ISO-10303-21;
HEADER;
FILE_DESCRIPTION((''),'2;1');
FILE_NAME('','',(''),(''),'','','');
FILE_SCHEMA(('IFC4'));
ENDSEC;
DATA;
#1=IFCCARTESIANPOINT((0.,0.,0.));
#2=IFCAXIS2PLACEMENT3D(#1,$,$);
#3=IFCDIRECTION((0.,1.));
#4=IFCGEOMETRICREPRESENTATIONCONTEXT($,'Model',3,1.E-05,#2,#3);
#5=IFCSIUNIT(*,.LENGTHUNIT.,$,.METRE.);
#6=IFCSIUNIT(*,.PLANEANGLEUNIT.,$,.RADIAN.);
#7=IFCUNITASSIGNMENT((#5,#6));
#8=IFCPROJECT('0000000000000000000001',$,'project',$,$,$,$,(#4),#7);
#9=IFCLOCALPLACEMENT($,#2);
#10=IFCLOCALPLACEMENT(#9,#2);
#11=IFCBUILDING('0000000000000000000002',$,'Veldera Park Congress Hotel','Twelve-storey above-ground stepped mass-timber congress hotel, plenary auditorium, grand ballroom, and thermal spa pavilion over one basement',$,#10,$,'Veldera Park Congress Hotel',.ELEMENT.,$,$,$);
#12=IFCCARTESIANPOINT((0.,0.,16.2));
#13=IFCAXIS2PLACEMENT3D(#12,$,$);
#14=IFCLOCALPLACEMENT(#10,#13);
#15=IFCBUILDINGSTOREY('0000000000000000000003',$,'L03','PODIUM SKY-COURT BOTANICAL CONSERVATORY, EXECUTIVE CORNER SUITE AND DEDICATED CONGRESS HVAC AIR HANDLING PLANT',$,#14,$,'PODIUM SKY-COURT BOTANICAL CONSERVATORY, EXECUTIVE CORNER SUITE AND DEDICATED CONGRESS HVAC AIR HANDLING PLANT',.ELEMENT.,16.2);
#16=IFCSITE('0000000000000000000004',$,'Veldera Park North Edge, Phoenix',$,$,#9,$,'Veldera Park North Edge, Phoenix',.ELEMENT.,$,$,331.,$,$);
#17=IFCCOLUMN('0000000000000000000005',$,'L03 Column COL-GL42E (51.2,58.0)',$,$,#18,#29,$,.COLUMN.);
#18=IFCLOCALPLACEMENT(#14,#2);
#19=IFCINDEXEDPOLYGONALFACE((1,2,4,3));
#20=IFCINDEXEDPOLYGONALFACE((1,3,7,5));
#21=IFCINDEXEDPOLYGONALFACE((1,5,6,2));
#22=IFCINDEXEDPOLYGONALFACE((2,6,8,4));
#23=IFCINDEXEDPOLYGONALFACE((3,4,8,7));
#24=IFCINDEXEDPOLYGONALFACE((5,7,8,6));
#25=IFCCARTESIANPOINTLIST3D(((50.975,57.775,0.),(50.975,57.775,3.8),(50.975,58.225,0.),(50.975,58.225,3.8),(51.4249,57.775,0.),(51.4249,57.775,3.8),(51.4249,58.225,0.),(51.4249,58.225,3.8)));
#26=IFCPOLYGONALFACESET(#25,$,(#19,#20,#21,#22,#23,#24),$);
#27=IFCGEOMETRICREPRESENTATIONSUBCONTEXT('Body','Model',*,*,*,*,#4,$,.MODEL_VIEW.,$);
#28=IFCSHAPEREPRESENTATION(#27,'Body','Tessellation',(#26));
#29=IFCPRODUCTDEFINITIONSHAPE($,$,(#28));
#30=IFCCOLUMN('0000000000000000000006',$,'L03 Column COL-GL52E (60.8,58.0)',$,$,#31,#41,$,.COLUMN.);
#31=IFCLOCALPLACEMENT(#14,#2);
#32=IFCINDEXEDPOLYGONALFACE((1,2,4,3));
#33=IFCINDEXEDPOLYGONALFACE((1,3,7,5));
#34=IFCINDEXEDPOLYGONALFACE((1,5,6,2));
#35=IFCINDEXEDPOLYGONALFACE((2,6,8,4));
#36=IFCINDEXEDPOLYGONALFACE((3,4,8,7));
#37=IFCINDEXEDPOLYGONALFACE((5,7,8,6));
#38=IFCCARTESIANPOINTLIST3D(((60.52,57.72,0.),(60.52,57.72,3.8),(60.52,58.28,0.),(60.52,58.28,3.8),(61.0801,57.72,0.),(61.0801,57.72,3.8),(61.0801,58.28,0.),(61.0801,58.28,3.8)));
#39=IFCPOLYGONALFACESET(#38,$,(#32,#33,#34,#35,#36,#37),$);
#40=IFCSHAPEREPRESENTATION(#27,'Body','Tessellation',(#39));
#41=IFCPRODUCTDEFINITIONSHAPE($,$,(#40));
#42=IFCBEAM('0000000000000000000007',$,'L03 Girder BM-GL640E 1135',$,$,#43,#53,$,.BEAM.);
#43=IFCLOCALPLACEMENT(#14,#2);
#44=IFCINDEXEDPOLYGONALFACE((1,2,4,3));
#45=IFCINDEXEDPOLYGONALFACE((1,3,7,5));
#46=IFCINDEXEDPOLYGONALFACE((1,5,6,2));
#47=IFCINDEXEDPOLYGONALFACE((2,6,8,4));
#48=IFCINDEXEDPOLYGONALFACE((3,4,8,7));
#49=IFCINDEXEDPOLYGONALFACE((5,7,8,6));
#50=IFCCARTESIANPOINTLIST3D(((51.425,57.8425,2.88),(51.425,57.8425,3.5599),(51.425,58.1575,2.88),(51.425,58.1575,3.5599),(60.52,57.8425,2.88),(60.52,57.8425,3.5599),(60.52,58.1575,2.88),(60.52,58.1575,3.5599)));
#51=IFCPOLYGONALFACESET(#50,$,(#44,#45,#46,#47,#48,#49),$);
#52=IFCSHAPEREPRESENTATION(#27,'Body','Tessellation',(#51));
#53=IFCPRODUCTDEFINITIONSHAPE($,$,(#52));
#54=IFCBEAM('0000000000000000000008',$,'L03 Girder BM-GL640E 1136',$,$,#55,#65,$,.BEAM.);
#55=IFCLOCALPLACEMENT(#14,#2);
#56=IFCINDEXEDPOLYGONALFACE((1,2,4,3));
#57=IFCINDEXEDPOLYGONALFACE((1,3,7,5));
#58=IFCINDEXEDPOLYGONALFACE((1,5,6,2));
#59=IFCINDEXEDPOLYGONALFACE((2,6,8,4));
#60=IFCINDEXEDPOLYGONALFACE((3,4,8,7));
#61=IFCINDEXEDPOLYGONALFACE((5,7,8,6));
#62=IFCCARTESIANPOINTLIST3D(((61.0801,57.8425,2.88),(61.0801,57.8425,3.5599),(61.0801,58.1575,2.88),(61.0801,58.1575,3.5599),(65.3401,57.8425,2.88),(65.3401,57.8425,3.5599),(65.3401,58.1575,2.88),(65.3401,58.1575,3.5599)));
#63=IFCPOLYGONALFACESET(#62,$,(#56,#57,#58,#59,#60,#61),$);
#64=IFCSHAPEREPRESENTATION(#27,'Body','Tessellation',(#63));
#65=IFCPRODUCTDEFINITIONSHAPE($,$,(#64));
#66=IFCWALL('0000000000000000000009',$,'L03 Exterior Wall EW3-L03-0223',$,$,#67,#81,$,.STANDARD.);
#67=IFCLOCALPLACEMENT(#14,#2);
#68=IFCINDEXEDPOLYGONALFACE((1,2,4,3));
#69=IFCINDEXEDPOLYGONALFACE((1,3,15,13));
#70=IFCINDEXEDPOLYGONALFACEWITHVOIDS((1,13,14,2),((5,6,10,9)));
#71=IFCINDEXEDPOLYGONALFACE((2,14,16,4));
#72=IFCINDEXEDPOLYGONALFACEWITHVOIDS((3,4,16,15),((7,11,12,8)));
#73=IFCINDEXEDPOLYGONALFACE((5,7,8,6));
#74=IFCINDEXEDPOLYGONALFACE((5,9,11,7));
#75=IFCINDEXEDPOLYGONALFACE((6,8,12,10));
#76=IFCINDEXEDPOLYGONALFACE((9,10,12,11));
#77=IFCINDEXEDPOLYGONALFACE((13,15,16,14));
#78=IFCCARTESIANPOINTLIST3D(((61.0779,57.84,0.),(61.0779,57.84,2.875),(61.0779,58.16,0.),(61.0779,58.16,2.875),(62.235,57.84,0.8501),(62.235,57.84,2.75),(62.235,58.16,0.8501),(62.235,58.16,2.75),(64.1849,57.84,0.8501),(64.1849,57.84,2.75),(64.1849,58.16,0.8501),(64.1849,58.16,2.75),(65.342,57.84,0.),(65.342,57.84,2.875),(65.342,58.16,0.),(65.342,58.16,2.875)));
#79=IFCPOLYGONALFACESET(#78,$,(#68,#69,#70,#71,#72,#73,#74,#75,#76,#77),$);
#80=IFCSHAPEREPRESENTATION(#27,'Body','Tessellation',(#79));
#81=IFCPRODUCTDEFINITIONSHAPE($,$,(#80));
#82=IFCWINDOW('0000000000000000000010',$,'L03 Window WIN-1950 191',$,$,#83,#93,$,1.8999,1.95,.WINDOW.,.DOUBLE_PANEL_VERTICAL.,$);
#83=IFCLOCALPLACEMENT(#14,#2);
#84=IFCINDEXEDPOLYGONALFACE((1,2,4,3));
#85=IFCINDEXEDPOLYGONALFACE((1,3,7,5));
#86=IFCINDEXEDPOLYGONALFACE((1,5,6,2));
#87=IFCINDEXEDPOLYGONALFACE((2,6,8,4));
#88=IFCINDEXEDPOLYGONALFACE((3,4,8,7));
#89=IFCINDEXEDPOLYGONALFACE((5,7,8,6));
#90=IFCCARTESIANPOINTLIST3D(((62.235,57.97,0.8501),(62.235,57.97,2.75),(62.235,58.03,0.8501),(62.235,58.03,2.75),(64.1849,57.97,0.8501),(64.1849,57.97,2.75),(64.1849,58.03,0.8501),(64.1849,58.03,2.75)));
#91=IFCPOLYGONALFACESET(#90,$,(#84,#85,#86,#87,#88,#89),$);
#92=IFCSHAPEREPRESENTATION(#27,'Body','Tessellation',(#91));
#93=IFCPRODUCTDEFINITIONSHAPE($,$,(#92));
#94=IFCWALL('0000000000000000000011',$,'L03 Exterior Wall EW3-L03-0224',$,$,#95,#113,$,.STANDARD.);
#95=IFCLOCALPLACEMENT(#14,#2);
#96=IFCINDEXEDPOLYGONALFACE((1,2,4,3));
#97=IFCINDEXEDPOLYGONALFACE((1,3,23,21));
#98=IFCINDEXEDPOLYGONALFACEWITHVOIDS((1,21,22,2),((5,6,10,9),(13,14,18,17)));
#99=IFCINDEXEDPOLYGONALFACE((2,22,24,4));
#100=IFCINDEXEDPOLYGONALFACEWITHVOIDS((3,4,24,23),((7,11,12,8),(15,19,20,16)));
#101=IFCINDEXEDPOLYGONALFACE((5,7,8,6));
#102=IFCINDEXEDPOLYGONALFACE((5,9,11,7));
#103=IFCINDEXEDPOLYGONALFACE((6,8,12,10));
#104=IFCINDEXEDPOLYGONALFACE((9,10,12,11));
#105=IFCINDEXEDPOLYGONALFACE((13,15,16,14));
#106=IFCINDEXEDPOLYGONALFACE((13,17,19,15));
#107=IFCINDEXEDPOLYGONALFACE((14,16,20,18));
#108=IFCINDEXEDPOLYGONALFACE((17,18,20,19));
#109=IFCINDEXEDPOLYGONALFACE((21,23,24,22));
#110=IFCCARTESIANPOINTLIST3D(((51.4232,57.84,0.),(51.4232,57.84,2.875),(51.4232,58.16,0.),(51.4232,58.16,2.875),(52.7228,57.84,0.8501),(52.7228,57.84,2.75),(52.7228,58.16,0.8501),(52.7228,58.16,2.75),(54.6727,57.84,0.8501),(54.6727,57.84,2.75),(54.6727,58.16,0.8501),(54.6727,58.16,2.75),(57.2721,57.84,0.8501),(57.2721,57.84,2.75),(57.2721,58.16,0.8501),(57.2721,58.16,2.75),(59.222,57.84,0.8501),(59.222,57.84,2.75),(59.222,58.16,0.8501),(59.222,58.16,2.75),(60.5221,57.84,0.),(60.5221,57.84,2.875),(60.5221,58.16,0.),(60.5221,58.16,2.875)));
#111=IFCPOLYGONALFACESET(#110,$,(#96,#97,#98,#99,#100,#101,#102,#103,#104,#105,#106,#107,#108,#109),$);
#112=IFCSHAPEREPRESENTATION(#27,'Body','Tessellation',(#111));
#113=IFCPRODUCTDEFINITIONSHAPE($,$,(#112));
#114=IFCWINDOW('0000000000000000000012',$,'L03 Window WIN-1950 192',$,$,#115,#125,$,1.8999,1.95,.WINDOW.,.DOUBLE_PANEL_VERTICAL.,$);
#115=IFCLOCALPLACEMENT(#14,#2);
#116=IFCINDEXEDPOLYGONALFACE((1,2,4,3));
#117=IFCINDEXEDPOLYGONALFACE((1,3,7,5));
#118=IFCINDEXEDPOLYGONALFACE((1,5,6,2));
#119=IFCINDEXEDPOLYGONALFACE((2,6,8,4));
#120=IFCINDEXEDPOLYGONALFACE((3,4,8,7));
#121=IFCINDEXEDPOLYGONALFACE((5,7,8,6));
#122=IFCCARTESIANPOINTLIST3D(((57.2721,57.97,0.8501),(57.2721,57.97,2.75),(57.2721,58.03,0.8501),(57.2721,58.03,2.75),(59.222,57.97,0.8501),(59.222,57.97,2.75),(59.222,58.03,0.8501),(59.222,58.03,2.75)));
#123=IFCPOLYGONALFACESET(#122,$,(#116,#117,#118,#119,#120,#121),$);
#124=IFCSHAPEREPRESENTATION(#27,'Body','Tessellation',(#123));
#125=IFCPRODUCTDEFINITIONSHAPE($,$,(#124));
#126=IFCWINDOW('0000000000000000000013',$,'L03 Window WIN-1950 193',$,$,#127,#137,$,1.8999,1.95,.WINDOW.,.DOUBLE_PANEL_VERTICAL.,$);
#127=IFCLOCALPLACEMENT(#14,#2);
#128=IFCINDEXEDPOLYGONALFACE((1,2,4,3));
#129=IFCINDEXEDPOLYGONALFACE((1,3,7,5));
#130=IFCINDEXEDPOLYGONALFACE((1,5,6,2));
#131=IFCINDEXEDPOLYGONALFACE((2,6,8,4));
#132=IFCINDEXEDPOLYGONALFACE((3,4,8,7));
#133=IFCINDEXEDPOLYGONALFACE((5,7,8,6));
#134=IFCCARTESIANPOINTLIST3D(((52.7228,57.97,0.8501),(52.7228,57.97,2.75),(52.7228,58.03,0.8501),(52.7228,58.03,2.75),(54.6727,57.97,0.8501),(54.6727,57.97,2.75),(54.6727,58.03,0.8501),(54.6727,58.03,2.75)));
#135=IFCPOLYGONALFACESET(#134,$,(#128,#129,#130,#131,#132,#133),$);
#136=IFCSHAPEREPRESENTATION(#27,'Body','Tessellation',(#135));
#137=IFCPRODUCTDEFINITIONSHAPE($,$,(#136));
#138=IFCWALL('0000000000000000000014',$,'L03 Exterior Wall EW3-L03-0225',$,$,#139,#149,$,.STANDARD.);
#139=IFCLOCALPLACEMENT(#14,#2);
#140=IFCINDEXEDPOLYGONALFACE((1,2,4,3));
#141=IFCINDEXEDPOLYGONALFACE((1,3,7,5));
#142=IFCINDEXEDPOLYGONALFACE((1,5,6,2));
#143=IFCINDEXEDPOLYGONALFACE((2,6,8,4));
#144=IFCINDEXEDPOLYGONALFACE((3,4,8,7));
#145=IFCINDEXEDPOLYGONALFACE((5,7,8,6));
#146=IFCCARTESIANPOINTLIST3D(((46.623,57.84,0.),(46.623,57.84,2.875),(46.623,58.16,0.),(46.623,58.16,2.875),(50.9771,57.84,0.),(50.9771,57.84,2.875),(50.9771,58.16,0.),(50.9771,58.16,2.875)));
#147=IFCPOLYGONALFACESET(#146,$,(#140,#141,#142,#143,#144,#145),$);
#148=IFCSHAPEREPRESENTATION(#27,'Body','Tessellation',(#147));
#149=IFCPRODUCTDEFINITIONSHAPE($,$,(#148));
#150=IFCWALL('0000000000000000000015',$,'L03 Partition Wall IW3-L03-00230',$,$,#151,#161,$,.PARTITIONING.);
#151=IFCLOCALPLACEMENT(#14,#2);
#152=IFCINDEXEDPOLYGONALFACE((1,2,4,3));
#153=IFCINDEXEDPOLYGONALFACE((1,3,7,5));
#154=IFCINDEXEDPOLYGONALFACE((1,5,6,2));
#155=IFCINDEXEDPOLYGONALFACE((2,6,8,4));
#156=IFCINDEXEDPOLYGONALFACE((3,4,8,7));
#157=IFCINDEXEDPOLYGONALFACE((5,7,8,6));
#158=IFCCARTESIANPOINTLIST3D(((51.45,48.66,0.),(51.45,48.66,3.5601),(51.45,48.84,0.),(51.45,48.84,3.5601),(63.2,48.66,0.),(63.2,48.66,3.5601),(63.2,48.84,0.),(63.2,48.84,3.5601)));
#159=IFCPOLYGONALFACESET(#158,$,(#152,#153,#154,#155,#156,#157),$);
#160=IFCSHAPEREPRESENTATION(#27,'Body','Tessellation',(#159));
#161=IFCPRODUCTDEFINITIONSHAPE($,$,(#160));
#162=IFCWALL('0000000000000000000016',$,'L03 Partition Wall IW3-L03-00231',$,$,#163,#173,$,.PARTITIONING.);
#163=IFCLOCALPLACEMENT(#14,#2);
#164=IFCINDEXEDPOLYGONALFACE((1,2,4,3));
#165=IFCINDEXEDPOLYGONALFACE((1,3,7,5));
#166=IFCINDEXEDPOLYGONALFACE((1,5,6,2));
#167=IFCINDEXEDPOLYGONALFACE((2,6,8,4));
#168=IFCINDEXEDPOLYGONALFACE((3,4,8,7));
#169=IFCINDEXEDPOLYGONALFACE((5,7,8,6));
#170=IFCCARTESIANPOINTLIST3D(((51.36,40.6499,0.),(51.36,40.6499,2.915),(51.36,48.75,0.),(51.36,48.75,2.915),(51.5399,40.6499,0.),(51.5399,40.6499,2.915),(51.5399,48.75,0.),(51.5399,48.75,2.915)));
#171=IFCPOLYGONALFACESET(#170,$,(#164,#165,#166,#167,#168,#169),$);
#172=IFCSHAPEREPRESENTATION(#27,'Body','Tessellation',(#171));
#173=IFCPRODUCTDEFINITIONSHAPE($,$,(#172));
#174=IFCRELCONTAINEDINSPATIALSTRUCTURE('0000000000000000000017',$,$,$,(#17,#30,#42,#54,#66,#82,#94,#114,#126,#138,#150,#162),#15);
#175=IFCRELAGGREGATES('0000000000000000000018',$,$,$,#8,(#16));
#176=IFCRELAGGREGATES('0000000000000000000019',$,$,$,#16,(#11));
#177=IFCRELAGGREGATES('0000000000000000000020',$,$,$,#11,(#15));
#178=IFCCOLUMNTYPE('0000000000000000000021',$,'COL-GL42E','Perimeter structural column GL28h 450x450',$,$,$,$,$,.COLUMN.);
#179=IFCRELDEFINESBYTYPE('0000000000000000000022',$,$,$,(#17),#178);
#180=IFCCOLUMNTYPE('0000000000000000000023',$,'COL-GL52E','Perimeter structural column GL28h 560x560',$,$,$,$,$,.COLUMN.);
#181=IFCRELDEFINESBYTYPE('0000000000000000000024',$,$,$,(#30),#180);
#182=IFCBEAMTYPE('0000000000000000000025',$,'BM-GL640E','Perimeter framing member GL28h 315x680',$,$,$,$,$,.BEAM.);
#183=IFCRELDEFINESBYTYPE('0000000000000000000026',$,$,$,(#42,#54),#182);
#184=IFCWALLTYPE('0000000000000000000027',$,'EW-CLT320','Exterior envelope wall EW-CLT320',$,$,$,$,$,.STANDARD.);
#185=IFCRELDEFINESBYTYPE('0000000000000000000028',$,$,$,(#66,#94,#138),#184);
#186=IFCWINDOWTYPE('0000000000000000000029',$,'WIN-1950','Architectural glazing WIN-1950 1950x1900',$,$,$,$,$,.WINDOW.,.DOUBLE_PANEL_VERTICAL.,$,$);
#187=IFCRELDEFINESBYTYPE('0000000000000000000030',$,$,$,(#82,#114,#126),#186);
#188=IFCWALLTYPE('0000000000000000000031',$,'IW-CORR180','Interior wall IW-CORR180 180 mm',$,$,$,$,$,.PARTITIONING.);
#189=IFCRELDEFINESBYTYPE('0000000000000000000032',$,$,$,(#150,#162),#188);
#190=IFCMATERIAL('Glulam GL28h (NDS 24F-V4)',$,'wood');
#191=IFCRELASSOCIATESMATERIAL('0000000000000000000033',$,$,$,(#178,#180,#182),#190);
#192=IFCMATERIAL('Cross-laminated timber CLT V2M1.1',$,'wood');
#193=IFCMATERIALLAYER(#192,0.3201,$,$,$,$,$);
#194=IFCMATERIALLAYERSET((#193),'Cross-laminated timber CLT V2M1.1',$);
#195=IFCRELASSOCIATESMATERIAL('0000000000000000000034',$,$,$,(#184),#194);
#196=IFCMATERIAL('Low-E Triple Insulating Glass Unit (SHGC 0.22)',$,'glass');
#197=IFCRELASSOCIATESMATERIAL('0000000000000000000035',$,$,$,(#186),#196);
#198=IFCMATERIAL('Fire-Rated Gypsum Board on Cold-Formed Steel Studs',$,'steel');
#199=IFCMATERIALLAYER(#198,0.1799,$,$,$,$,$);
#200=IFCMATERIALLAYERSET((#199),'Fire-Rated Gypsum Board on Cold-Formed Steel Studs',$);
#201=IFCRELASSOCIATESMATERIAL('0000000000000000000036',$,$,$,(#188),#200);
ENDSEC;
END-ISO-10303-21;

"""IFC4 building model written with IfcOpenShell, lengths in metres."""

from ifc_helpers import new_model, si_unit, direction, frame, frame_2d, origin, origin_2d, place, context, subcontext, project, spatial, rectangle, extrude, material, layer, layer_set, material_profile, profile_set, type_object, element, fill, save


model = new_model("IFC4")

# Units and contexts
model_context = context("Model", 3, precision=1e-05, world=origin(), true_north=direction((0.0, 1.0)))
body_context = subcontext(model_context, "Body", "Model", "MODEL_VIEW")
ifc_project = project(units=[si_unit("LENGTHUNIT", "METRE"), si_unit("PLANEANGLEUNIT", "RADIAN")], contexts=[model_context])

# Site, building, storey
site_placement = place(None, origin())
site = spatial("IfcSite", under=ifc_project, at=site_placement, Name="Veldera Park North Edge, Phoenix", LongName="Veldera Park North Edge, Phoenix", CompositionType="ELEMENT", RefElevation=331.0)
building_placement = place(site_placement, origin())
building = spatial("IfcBuilding", under=site, at=building_placement, Name="Veldera Park Congress Hotel", Description="Twelve-storey above-ground stepped mass-timber congress hotel, plenary auditorium, grand ballroom, and thermal spa pavilion over one basement", LongName="Veldera Park Congress Hotel", CompositionType="ELEMENT")
storey_placement = place(building_placement, frame((0.0, 0.0, 16.2)))
storey = spatial("IfcBuildingStorey", under=building, at=storey_placement, Name="L03", Description="PODIUM SKY-COURT BOTANICAL CONSERVATORY, EXECUTIVE CORNER SUITE AND DEDICATED CONGRESS HVAC AIR HANDLING PLANT", LongName="PODIUM SKY-COURT BOTANICAL CONSERVATORY, EXECUTIVE CORNER SUITE AND DEDICATED CONGRESS HVAC AIR HANDLING PLANT", CompositionType="ELEMENT", Elevation=16.2)

# Columns
ifc_material_1 = material(Name="Glulam GL28h (NDS 24F-V4)", Category="wood")
ifc_material_profile_1 = material_profile(ifc_material_1, rectangle(XDim=0.45, YDim=0.45, at=origin_2d()), Name="GL28h 450x450")
ifc_profile_set_1 = profile_set([ifc_material_profile_1], Name="Glulam GL28h (NDS 24F-V4)")
column_type_1 = type_object("IfcColumnType", Name="COL-GL42E", Description="Perimeter structural column GL28h 450x450", PredefinedType="COLUMN", material=ifc_profile_set_1)
column_1_placement = place(storey_placement, frame((51.2, 58.0, 0.0), z_axis=(0.0, 0.0, 1.0), x_axis=(1.0, 0.0, 0.0)))
element("IfcColumn", 1, at=column_1_placement, inside=storey, type_object=column_type_1, Name="L03 Column COL-GL42E (51.2,58.0)", PredefinedType="COLUMN", context=body_context, shape_type="SweptSolid", body=[
    extrude(rectangle(XDim=0.45, YDim=0.45, at=origin_2d()), origin(), (0.0, 0.0, 1.0), 3.8),
])
ifc_material_profile_2 = material_profile(ifc_material_1, rectangle(XDim=0.5601, YDim=0.5601, at=origin_2d()), Name="GL28h 560x560")
ifc_profile_set_2 = profile_set([ifc_material_profile_2], Name="Glulam GL28h (NDS 24F-V4)")
column_type_2 = type_object("IfcColumnType", Name="COL-GL52E", Description="Perimeter structural column GL28h 560x560", PredefinedType="COLUMN", material=ifc_profile_set_2)
column_2_placement = place(storey_placement, frame((60.8, 58.0, 0.0), z_axis=(0.0, 0.0, 1.0), x_axis=(1.0, 0.0, 0.0)))
element("IfcColumn", 2, at=column_2_placement, inside=storey, type_object=column_type_2, Name="L03 Column COL-GL52E (60.8,58.0)", PredefinedType="COLUMN", context=body_context, shape_type="SweptSolid", body=[
    extrude(rectangle(XDim=0.5601, YDim=0.5601, at=origin_2d()), origin(), (0.0, 0.0, 1.0), 3.8),
])

# Beams
ifc_material_profile_3 = material_profile(ifc_material_1, rectangle(XDim=0.3149, YDim=0.6799, at=origin_2d()), Name="GL28h 315x680")
ifc_profile_set_3 = profile_set([ifc_material_profile_3], Name="Glulam GL28h (NDS 24F-V4)")
beam_type = type_object("IfcBeamType", Name="BM-GL640E", Description="Perimeter framing member GL28h 315x680", PredefinedType="BEAM", material=ifc_profile_set_3)
beam_1_placement = place(storey_placement, frame((51.425, 58.0, 3.22), z_axis=(1.0, 0.0, 0.0), x_axis=(0.0, 1.0, 0.0)))
element("IfcBeam", 3, at=beam_1_placement, inside=storey, type_object=beam_type, Name="L03 Girder BM-GL640E 1135", PredefinedType="BEAM", context=body_context, shape_type="SweptSolid", body=[
    extrude(rectangle(XDim=0.3149, YDim=0.6799, at=origin_2d()), origin(), (0.0, 0.0, 1.0), 9.095),
])
beam_2_placement = place(storey_placement, frame((61.0801, 58.0, 3.22), z_axis=(1.0, 0.0, 0.0), x_axis=(0.0, 1.0, 0.0)))
element("IfcBeam", 4, at=beam_2_placement, inside=storey, type_object=beam_type, Name="L03 Girder BM-GL640E 1136", PredefinedType="BEAM", context=body_context, shape_type="SweptSolid", body=[
    extrude(rectangle(XDim=0.3149, YDim=0.6799, at=origin_2d()), origin(), (0.0, 0.0, 1.0), 4.26),
])

# Wall, opening, window
ifc_material_2 = material(Name="Cross-laminated timber CLT V2M1.1", Category="wood")
ifc_layer_1 = layer(ifc_material_2, 0.3201)
ifc_layer_set_1 = layer_set([ifc_layer_1], Name="Cross-laminated timber CLT V2M1.1")
wall_type_1 = type_object("IfcWallType", Name="EW-CLT320", Description="Exterior envelope wall EW-CLT320", PredefinedType="STANDARD", material=ifc_layer_set_1)
wall_1_placement = place(storey_placement, frame((65.342, 58.0, 0.0), z_axis=(0.0, 0.0, 1.0), x_axis=(-1.0, 0.0, 0.0)))
wall_1 = element("IfcWall", 5, at=wall_1_placement, inside=storey, type_object=wall_type_1, Name="L03 Exterior Wall EW3-L03-0223", PredefinedType="STANDARD", context=body_context, shape_type="SweptSolid", body=[
    extrude(rectangle(XDim=4.2642, YDim=0.3201, at=frame_2d((2.1321, 0.0))), origin(), (0.0, 0.0, 1.0), 2.875),
])
opening_1_placement = place(wall_1_placement, frame((1.157, 0.0, 0.8501)))
opening_1 = element("IfcOpeningElement", 6, at=opening_1_placement, cuts=wall_1, PredefinedType="OPENING", context=body_context, shape_type="SweptSolid", body=[
    extrude(rectangle(XDim=1.95, YDim=1.8999, at=frame_2d((0.9751, 0.95))), frame((0.0, 0.1721, 0.0), z_axis=(0.0, -1.0, 0.0), x_axis=(1.0, 0.0, 0.0)), (0.0, 0.0, 1.0), 0.344),
])
ifc_material_3 = material(Name="Low-E Triple Insulating Glass Unit (SHGC 0.22)", Category="glass")
window_type = type_object("IfcWindowType", Name="WIN-1950", Description="Architectural glazing WIN-1950 1950x1900", PartitioningType="DOUBLE_PANEL_VERTICAL", PredefinedType="WINDOW", material=ifc_material_3)
window_1_placement = place(opening_1_placement, origin())
window_1 = element("IfcWindow", 7, at=window_1_placement, inside=storey, type_object=window_type, Name="L03 Window WIN-1950 191", OverallHeight=1.8999, OverallWidth=1.95, PartitioningType="DOUBLE_PANEL_VERTICAL", PredefinedType="WINDOW", context=body_context, shape_type="SweptSolid", body=[
    extrude(rectangle(XDim=1.95, YDim=1.8999, at=frame_2d((0.9751, 0.95))), frame((0.0, 0.03, 0.0), z_axis=(0.0, -1.0, 0.0), x_axis=(1.0, 0.0, 0.0)), (0.0, 0.0, 1.0), 0.0601),
])
fill(opening_1, window_1)

# Wall, openings, windows
wall_2_placement = place(storey_placement, frame((60.522, 58.0, 0.0), z_axis=(0.0, 0.0, 1.0), x_axis=(-1.0, 0.0, 0.0)))
wall_2 = element("IfcWall", 8, at=wall_2_placement, inside=storey, type_object=wall_type_1, Name="L03 Exterior Wall EW3-L03-0224", PredefinedType="STANDARD", context=body_context, shape_type="SweptSolid", body=[
    extrude(rectangle(XDim=9.0989, YDim=0.3201, at=frame_2d((4.5493, 0.0))), origin(), (0.0, 0.0, 1.0), 2.875),
])
opening_2_placement = place(wall_2_placement, frame((1.2998, 0.0, 0.8501)))
opening_2 = element("IfcOpeningElement", 9, at=opening_2_placement, cuts=wall_2, PredefinedType="OPENING", context=body_context, shape_type="SweptSolid", body=[
    extrude(rectangle(XDim=1.95, YDim=1.8999, at=frame_2d((0.9751, 0.95))), frame((0.0, 0.1721, 0.0), z_axis=(0.0, -1.0, 0.0), x_axis=(1.0, 0.0, 0.0)), (0.0, 0.0, 1.0), 0.344),
])
opening_3_placement = place(wall_2_placement, frame((5.8491, 0.0, 0.8501)))
opening_3 = element("IfcOpeningElement", 10, at=opening_3_placement, cuts=wall_2, PredefinedType="OPENING", context=body_context, shape_type="SweptSolid", body=[
    extrude(rectangle(XDim=1.95, YDim=1.8999, at=frame_2d((0.9751, 0.95))), frame((0.0, 0.1721, 0.0), z_axis=(0.0, -1.0, 0.0), x_axis=(1.0, 0.0, 0.0)), (0.0, 0.0, 1.0), 0.344),
])
window_2_placement = place(opening_2_placement, origin())
window_2 = element("IfcWindow", 11, at=window_2_placement, inside=storey, type_object=window_type, Name="L03 Window WIN-1950 192", OverallHeight=1.8999, OverallWidth=1.95, PartitioningType="DOUBLE_PANEL_VERTICAL", PredefinedType="WINDOW", context=body_context, shape_type="SweptSolid", body=[
    extrude(rectangle(XDim=1.95, YDim=1.8999, at=frame_2d((0.9751, 0.95))), frame((0.0, 0.03, 0.0), z_axis=(0.0, -1.0, 0.0), x_axis=(1.0, 0.0, 0.0)), (0.0, 0.0, 1.0), 0.0601),
])
fill(opening_2, window_2)
window_3_placement = place(opening_3_placement, origin())
window_3 = element("IfcWindow", 12, at=window_3_placement, inside=storey, type_object=window_type, Name="L03 Window WIN-1950 193", OverallHeight=1.8999, OverallWidth=1.95, PartitioningType="DOUBLE_PANEL_VERTICAL", PredefinedType="WINDOW", context=body_context, shape_type="SweptSolid", body=[
    extrude(rectangle(XDim=1.95, YDim=1.8999, at=frame_2d((0.9751, 0.95))), frame((0.0, 0.03, 0.0), z_axis=(0.0, -1.0, 0.0), x_axis=(1.0, 0.0, 0.0)), (0.0, 0.0, 1.0), 0.0601),
])
fill(opening_3, window_3)

# Walls
wall_3_placement = place(storey_placement, frame((50.9771, 58.0, 0.0), z_axis=(0.0, 0.0, 1.0), x_axis=(-1.0, 0.0, 0.0)))
element("IfcWall", 13, at=wall_3_placement, inside=storey, type_object=wall_type_1, Name="L03 Exterior Wall EW3-L03-0225", PredefinedType="STANDARD", context=body_context, shape_type="SweptSolid", body=[
    extrude(rectangle(XDim=4.354, YDim=0.3201, at=frame_2d((2.177, 0.0))), origin(), (0.0, 0.0, 1.0), 2.875),
])
ifc_material_4 = material(Name="Fire-Rated Gypsum Board on Cold-Formed Steel Studs", Category="steel")
ifc_layer_2 = layer(ifc_material_4, 0.1799)
ifc_layer_set_2 = layer_set([ifc_layer_2], Name="Fire-Rated Gypsum Board on Cold-Formed Steel Studs")
wall_type_2 = type_object("IfcWallType", Name="IW-CORR180", Description="Interior wall IW-CORR180 180 mm", PredefinedType="PARTITIONING", material=ifc_layer_set_2)
wall_4_placement = place(storey_placement, frame((63.2, 48.75, 0.0), z_axis=(0.0, 0.0, 1.0), x_axis=(-1.0, 0.0, 0.0)))
element("IfcWall", 14, at=wall_4_placement, inside=storey, type_object=wall_type_2, Name="L03 Partition Wall IW3-L03-00230", PredefinedType="PARTITIONING", context=body_context, shape_type="SweptSolid", body=[
    extrude(rectangle(XDim=11.75, YDim=0.1799, at=frame_2d((5.875, 0.0))), origin(), (0.0, 0.0, 1.0), 3.5601),
])
wall_5_placement = place(storey_placement, frame((51.45, 48.75, 0.0), z_axis=(0.0, 0.0, 1.0), x_axis=(0.0, -1.0, 0.0)))
element("IfcWall", 15, at=wall_5_placement, inside=storey, type_object=wall_type_2, Name="L03 Partition Wall IW3-L03-00231", PredefinedType="PARTITIONING", context=body_context, shape_type="SweptSolid", body=[
    extrude(rectangle(XDim=8.1001, YDim=0.1799, at=frame_2d((4.05, 0.0))), origin(), (0.0, 0.0, 1.0), 2.915),
])

save(model, "model.ifc")
